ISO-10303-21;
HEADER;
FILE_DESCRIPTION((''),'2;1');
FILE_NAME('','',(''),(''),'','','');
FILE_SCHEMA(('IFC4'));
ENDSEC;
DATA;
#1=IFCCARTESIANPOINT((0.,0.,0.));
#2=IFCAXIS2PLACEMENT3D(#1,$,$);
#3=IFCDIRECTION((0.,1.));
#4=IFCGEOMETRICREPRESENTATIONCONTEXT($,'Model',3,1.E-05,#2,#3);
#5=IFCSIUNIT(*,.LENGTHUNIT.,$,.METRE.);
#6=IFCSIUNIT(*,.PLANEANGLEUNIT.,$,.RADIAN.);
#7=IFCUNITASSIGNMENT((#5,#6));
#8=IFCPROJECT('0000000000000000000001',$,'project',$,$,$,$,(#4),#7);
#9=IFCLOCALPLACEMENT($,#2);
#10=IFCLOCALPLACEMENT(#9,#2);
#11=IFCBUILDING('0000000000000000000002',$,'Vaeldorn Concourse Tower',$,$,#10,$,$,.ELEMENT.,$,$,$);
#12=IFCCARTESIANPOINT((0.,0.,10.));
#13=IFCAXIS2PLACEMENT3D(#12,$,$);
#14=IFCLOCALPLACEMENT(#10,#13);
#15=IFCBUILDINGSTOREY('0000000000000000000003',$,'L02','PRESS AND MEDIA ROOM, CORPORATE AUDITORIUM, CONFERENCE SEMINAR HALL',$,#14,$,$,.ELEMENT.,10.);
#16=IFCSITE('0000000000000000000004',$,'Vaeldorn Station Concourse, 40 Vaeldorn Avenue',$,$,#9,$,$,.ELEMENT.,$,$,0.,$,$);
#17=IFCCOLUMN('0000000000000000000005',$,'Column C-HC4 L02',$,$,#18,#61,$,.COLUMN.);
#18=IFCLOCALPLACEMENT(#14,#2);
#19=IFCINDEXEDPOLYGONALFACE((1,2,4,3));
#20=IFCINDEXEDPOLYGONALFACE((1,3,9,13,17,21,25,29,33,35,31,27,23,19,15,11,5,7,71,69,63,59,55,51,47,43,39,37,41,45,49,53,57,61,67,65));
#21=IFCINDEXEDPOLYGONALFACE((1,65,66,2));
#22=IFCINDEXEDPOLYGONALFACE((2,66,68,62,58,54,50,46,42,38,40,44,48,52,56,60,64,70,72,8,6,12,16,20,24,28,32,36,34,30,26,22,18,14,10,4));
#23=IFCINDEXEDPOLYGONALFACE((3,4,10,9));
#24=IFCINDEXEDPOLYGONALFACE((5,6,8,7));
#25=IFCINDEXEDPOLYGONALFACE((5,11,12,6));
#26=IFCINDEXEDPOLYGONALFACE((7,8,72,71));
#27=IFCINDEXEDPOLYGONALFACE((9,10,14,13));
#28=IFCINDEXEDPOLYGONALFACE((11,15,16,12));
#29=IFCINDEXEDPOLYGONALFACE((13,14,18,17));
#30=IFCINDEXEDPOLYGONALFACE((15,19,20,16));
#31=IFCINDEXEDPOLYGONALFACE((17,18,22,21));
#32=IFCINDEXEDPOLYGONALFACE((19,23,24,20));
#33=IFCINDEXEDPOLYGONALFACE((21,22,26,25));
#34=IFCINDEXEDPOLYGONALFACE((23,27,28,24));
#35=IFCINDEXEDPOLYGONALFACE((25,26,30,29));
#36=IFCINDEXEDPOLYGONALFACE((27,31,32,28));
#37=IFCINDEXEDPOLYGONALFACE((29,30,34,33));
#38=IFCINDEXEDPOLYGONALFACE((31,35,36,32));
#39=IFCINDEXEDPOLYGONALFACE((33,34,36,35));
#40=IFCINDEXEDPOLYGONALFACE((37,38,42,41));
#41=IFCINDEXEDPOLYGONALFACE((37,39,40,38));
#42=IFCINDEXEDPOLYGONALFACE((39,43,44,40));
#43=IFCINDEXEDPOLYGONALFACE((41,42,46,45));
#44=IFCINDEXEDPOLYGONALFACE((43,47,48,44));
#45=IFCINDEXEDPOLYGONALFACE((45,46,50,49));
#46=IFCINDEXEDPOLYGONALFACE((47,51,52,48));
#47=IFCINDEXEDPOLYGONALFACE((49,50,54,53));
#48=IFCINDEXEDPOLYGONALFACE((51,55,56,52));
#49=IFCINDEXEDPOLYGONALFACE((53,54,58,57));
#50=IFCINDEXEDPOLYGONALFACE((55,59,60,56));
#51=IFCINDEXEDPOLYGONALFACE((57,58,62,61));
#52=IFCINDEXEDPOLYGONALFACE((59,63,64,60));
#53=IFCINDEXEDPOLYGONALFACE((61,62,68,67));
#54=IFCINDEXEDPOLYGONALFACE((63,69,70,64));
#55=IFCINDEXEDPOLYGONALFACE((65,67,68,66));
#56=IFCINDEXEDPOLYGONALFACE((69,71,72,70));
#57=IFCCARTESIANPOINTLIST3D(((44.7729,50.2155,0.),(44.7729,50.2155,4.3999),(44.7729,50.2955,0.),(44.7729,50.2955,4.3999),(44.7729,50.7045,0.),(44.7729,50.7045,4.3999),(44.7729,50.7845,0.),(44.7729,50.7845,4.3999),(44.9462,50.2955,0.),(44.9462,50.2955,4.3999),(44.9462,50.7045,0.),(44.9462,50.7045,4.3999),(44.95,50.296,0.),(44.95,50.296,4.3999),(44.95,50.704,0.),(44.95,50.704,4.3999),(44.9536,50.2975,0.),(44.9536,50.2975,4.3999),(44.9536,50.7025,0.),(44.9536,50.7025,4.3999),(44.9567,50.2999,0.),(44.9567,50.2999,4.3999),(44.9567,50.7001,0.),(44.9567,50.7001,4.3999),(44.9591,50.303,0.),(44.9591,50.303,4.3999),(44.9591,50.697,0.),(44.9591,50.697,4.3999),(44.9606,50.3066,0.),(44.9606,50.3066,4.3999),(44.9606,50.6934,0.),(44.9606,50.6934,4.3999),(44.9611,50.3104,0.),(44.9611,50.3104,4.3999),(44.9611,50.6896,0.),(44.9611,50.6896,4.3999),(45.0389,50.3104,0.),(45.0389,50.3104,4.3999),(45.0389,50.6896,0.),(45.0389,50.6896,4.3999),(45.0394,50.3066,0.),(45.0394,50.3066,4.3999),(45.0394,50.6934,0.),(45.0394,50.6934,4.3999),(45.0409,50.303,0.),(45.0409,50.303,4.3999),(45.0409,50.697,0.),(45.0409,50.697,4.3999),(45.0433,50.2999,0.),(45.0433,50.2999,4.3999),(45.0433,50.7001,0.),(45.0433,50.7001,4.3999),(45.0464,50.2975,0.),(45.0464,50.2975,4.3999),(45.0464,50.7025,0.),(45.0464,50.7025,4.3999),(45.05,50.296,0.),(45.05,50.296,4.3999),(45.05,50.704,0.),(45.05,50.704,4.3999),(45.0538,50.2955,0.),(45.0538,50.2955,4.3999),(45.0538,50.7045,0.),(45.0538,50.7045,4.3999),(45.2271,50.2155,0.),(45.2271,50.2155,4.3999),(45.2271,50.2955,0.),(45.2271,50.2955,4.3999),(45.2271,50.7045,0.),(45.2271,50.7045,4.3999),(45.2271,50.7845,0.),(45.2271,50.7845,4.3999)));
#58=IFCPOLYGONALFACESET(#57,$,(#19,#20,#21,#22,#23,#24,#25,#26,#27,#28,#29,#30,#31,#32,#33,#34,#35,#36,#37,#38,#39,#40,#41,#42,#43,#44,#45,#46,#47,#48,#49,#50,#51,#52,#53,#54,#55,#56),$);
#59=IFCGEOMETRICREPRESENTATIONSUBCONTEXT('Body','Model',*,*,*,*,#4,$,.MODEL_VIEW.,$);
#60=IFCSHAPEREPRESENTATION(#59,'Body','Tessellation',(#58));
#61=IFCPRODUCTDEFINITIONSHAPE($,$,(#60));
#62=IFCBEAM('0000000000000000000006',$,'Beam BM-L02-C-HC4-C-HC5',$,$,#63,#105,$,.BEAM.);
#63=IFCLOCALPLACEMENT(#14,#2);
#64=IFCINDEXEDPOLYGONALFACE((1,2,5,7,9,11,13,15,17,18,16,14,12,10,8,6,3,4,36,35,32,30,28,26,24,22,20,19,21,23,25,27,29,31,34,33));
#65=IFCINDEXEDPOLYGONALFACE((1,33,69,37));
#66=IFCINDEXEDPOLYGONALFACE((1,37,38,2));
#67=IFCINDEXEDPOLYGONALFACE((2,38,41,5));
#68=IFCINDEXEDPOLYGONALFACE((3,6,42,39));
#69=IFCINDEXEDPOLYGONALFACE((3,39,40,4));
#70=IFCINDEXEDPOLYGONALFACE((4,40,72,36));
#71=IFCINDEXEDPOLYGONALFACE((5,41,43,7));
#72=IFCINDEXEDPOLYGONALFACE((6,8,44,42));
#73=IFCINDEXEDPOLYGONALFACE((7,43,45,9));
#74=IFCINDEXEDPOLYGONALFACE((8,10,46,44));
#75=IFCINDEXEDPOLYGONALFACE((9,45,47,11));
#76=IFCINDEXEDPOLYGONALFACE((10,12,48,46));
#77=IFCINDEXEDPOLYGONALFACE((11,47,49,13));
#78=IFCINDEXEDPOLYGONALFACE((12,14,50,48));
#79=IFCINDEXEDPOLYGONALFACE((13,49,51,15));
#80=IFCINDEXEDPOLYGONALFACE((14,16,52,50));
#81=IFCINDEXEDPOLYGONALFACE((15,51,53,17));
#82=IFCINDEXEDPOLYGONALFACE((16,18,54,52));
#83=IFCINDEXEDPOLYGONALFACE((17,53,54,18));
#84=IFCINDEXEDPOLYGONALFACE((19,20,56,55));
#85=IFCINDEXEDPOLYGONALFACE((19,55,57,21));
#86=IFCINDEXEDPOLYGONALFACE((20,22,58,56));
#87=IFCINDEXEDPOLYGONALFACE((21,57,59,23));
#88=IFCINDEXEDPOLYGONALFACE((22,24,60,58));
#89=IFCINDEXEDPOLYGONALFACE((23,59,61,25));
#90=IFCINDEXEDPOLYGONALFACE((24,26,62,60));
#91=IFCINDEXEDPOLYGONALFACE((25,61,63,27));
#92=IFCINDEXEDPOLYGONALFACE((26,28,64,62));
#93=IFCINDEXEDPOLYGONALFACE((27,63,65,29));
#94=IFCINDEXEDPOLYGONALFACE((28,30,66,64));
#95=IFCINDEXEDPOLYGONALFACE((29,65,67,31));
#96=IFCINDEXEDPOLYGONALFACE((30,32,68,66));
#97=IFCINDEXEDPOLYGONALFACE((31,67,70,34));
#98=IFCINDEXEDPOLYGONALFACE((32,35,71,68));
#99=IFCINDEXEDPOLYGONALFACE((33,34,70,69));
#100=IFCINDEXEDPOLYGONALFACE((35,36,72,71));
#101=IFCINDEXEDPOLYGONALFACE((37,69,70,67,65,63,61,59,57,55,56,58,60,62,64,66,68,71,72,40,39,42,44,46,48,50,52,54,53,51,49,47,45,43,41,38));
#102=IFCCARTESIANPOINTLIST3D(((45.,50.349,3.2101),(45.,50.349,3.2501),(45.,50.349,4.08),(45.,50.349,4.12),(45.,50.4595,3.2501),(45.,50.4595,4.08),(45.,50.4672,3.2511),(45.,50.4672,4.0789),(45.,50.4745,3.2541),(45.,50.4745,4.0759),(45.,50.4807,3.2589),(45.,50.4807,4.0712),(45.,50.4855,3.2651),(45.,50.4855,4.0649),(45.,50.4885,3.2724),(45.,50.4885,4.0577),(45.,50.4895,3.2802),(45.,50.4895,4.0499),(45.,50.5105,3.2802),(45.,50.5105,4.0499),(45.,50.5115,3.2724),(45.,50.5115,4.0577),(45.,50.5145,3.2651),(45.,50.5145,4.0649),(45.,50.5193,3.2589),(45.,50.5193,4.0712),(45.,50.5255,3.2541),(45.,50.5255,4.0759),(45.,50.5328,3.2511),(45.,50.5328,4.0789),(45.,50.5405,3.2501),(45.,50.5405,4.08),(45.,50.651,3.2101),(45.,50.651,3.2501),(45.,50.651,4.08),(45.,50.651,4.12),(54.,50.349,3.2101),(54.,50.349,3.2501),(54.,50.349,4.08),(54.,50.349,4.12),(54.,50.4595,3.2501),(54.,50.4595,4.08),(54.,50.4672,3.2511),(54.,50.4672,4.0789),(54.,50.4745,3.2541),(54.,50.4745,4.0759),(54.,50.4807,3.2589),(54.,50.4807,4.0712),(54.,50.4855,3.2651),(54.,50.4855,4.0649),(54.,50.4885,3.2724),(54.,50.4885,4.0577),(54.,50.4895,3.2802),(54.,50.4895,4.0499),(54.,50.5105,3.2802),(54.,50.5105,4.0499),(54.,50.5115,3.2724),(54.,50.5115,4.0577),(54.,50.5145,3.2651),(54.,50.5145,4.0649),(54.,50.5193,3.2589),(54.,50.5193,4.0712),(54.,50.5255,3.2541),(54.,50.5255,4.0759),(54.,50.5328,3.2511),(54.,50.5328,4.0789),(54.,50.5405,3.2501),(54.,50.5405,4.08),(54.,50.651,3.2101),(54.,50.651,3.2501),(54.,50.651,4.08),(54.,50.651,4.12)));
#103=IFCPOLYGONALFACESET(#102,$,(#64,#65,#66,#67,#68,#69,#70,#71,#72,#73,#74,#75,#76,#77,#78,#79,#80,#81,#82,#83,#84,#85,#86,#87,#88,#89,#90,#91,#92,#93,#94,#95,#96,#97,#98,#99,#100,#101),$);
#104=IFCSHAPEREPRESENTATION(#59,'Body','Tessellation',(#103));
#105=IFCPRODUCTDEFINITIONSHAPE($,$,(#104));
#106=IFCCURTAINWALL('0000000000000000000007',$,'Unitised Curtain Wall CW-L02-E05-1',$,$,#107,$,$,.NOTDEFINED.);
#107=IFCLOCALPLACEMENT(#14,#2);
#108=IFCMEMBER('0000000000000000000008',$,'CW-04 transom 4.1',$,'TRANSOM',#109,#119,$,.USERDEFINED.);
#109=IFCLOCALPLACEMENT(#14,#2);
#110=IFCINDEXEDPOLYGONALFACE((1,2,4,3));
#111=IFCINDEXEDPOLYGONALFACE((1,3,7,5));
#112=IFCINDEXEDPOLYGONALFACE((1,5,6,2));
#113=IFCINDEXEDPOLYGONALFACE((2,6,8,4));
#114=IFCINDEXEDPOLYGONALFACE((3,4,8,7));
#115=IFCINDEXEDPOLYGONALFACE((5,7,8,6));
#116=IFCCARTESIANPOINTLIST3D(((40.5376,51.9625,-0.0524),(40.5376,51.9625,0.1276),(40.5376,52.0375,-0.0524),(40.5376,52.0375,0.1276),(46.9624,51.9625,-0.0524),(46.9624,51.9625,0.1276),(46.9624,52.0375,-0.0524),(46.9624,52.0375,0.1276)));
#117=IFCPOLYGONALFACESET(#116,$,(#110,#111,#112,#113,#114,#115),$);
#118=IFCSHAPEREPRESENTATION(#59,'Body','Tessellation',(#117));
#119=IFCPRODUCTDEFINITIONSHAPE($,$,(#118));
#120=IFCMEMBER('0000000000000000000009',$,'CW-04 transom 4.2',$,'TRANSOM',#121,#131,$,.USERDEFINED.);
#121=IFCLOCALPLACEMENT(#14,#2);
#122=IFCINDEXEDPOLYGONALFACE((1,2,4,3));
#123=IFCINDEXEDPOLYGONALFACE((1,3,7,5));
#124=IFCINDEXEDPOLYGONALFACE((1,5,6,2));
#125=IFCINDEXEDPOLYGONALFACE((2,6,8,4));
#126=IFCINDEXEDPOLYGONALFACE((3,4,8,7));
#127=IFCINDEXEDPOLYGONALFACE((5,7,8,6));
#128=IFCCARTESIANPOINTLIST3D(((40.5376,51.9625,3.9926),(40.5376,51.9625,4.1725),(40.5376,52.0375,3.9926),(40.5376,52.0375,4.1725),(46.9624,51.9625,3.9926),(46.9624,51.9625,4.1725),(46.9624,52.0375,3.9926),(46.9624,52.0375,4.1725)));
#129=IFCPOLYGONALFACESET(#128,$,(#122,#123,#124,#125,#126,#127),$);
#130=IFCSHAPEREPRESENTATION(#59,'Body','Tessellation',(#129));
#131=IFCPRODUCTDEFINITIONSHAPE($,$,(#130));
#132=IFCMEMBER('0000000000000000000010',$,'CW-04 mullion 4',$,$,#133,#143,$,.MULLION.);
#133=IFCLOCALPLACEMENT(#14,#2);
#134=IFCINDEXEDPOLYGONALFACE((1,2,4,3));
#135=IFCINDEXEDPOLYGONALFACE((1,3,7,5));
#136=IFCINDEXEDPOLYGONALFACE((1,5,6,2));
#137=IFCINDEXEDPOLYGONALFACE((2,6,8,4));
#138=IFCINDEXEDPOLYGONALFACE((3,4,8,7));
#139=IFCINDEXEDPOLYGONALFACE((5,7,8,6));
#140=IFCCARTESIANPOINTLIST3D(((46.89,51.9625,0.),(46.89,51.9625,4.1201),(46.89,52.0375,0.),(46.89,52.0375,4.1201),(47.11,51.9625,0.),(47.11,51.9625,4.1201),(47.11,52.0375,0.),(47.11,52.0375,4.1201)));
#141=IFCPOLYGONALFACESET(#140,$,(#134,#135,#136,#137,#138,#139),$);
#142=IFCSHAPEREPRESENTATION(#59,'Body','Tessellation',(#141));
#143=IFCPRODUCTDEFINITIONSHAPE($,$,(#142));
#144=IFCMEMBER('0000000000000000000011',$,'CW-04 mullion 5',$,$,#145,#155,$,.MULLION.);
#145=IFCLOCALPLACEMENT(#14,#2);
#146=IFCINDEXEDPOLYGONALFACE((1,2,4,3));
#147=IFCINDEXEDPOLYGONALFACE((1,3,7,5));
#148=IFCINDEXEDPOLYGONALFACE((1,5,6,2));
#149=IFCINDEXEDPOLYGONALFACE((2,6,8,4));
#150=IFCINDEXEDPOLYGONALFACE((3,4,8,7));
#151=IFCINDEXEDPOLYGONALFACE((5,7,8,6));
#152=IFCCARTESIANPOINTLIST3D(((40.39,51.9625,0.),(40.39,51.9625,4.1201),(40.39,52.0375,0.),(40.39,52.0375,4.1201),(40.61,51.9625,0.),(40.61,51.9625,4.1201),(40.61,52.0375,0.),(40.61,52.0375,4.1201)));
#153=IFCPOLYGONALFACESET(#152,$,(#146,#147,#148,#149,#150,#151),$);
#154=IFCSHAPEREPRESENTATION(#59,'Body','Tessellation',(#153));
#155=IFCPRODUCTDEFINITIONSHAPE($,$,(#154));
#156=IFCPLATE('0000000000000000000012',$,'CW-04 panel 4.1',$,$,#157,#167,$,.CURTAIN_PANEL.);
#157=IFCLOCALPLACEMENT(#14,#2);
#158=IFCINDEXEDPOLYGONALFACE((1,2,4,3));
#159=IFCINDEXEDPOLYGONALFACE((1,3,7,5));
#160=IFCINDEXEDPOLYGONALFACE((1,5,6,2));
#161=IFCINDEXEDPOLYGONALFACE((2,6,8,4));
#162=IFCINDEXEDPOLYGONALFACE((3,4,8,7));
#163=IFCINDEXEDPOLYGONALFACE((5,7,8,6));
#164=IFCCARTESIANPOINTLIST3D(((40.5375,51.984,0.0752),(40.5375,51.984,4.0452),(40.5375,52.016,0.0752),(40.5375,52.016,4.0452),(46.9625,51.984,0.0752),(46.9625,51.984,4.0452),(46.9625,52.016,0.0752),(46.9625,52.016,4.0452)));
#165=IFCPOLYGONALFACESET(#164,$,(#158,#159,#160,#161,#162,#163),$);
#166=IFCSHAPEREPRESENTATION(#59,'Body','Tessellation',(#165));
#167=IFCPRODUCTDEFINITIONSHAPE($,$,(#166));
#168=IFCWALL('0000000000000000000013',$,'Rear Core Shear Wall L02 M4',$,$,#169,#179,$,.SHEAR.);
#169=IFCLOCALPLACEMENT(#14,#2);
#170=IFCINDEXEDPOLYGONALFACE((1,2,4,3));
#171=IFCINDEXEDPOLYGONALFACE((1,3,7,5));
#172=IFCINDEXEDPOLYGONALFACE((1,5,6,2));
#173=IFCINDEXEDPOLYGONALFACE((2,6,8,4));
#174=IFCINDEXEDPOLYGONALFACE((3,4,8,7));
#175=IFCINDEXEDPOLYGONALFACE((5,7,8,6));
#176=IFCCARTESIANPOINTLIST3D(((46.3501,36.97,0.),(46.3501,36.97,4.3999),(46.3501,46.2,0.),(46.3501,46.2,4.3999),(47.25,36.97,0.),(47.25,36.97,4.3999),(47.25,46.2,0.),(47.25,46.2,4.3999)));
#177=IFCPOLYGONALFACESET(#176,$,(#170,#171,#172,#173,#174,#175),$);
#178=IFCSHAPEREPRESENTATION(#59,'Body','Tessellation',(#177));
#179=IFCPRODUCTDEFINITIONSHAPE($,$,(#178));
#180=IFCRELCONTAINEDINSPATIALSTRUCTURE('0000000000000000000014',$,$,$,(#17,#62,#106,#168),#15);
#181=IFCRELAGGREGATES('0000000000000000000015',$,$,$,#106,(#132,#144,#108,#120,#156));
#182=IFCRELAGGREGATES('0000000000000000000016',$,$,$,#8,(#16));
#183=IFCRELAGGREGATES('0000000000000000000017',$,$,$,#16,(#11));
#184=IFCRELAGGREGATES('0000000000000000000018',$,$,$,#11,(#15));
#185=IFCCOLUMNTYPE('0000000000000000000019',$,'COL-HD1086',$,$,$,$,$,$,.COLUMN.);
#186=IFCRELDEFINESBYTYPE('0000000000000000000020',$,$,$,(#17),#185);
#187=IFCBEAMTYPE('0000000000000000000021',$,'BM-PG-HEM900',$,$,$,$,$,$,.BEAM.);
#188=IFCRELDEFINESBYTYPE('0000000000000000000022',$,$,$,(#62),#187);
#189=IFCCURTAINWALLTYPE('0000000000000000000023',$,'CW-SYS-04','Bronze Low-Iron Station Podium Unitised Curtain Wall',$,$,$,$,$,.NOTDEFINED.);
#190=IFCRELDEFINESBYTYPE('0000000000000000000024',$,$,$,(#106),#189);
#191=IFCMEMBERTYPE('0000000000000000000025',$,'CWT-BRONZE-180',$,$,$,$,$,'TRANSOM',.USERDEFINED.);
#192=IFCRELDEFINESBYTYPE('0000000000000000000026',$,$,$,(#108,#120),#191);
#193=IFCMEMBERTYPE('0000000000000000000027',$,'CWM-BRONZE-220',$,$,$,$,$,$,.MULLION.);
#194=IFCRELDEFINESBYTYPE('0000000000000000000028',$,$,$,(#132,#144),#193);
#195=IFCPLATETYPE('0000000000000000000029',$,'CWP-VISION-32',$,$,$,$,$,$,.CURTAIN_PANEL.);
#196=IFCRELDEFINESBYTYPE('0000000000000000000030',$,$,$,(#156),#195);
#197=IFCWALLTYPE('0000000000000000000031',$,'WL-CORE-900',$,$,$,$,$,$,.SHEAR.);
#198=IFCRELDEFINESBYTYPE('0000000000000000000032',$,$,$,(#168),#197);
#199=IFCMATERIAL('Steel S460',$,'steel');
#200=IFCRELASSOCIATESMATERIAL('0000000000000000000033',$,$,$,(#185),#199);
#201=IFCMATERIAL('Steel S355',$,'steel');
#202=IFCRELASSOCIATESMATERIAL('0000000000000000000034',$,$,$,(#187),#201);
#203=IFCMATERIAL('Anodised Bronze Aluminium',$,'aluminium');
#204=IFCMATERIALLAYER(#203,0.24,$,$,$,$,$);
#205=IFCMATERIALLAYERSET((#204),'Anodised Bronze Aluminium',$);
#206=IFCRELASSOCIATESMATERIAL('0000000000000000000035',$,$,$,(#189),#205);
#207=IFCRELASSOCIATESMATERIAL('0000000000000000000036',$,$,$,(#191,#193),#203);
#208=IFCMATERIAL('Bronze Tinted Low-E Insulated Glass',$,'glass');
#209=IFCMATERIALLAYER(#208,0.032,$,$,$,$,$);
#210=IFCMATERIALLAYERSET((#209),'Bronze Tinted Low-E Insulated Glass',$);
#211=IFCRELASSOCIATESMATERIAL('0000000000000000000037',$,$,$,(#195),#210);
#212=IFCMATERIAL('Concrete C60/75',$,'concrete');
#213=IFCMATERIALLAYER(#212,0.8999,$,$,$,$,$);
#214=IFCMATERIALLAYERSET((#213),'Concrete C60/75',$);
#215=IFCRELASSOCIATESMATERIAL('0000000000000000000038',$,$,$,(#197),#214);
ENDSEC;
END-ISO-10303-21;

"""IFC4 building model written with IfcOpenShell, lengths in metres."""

from ifc_helpers import new_model, si_unit, direction, frame, frame_2d, origin, origin_2d, place, context, subcontext, project, spatial, rectangle, i_section, extrude, source, transform, mapped, material, layer, layer_set, material_profile, profile_set, type_object, element, aggregate, save


model = new_model("IFC4")

# Units and contexts
model_context = context("Model", 3, precision=1e-05, world=origin(), true_north=direction((0.0, 1.0)))
body_context = subcontext(model_context, "Body", "Model", "MODEL_VIEW")
ifc_project = project(units=[si_unit("LENGTHUNIT", "METRE"), si_unit("PLANEANGLEUNIT", "RADIAN")], contexts=[model_context])

# Site, building, storey
site_placement = place(None, origin())
site = spatial("IfcSite", under=ifc_project, at=site_placement, Name="Vaeldorn Station Concourse, 40 Vaeldorn Avenue", CompositionType="ELEMENT", RefElevation=0.0)
building_placement = place(site_placement, origin())
building = spatial("IfcBuilding", under=site, at=building_placement, Name="Vaeldorn Concourse Tower", CompositionType="ELEMENT")
storey_placement = place(building_placement, frame((0.0, 0.0, 10.0)))
storey = spatial("IfcBuildingStorey", under=building, at=storey_placement, Name="L02", Description="PRESS AND MEDIA ROOM, CORPORATE AUDITORIUM, CONFERENCE SEMINAR HALL", CompositionType="ELEMENT", Elevation=10.0)

# Column
ifc_material_1 = material(Name="Steel S460", Category="steel")
ifc_material_profile_1 = material_profile(ifc_material_1, i_section(OverallWidth=0.4541, OverallDepth=0.5691, WebThickness=0.0779, FlangeThickness=0.0801, FilletRadius=0.0149, at=origin_2d()), Name="HD 400x1086")
ifc_profile_set_1 = profile_set([ifc_material_profile_1], Name="Steel S460")
column_type = type_object("IfcColumnType", Name="COL-HD1086", PredefinedType="COLUMN", material=ifc_profile_set_1)
shared_shape_1 = source(origin(), body_context, "Body", "SweptSolid", [
    extrude(i_section(OverallWidth=0.4541, OverallDepth=0.5691, WebThickness=0.0779, FlangeThickness=0.0801, FilletRadius=0.0149, at=origin_2d()), origin(), (0.0, 0.0, 1.0), 4.3999),
])
column_placement = place(storey_placement, frame((45.0, 50.5, 0.0), z_axis=(0.0, 0.0, 1.0), x_axis=(1.0, 0.0, 0.0)))
element("IfcColumn", 1, at=column_placement, inside=storey, type_object=column_type, Name="Column C-HC4 L02", PredefinedType="COLUMN", context=body_context, shape_type="MappedRepresentation", body=[
    mapped(shared_shape_1, transform((0.0, 0.0, 0.0), scale=1.0)),
])

# Beam
ifc_material_2 = material(Name="Steel S355", Category="steel")
ifc_material_profile_2 = material_profile(ifc_material_2, i_section(OverallWidth=0.302, OverallDepth=0.9099, WebThickness=0.021, FlangeThickness=0.04, FilletRadius=0.03, at=origin_2d()), Name="HEM 900")
ifc_profile_set_2 = profile_set([ifc_material_profile_2], Name="Steel S355")
beam_type = type_object("IfcBeamType", Name="BM-PG-HEM900", PredefinedType="BEAM", material=ifc_profile_set_2)
shared_shape_2 = source(origin(), body_context, "Body", "SweptSolid", [
    extrude(i_section(OverallWidth=0.302, OverallDepth=0.9099, WebThickness=0.021, FlangeThickness=0.04, FilletRadius=0.03, at=origin_2d()), origin(), (0.0, 0.0, 1.0), 9.0),
])
beam_placement = place(storey_placement, frame((45.0, 50.5, 3.665), z_axis=(1.0, 0.0, 0.0), x_axis=(0.0, 1.0, 0.0)))
element("IfcBeam", 2, at=beam_placement, inside=storey, type_object=beam_type, Name="Beam BM-L02-C-HC4-C-HC5", PredefinedType="BEAM", context=body_context, shape_type="MappedRepresentation", body=[
    mapped(shared_shape_2, transform((0.0, 0.0, 0.0), scale=1.0)),
])

# Curtain wall, members, plate
ifc_material_3 = material(Name="Anodised Bronze Aluminium", Category="aluminium")
ifc_layer_1 = layer(ifc_material_3, 0.24)
ifc_layer_set_1 = layer_set([ifc_layer_1], Name="Anodised Bronze Aluminium")
curtain_wall_type = type_object("IfcCurtainWallType", Name="CW-SYS-04", Description="Bronze Low-Iron Station Podium Unitised Curtain Wall", PredefinedType="NOTDEFINED", material=ifc_layer_set_1)
curtain_wall_placement = place(storey_placement, origin())
curtain_wall = element("IfcCurtainWall", 3, at=curtain_wall_placement, inside=storey, type_object=curtain_wall_type, Name="Unitised Curtain Wall CW-L02-E05-1", PredefinedType="NOTDEFINED")
ifc_material_profile_3 = material_profile(ifc_material_3, rectangle(XDim=0.075, YDim=0.1799, at=origin_2d()), Name="CWT 75x180")
ifc_profile_set_3 = profile_set([ifc_material_profile_3], Name="Anodised Bronze Aluminium")
member_type_1 = type_object("IfcMemberType", Name="CWT-BRONZE-180", ElementType="TRANSOM", PredefinedType="USERDEFINED", material=ifc_profile_set_3)
shared_shape_3 = source(origin(), body_context, "Body", "SweptSolid", [
    extrude(rectangle(XDim=0.075, YDim=0.1799, at=origin_2d()), origin(), (0.0, 0.0, 1.0), 6.4248),
])
member_1_placement = place(storey_placement, frame((46.9624, 52.0, 0.0376), z_axis=(-1.0, 0.0, 0.0), x_axis=(0.0, -1.0, 0.0)))
member_1 = element("IfcMember", 4, at=member_1_placement, type_object=member_type_1, Name="CW-04 transom 4.1", ObjectType="TRANSOM", PredefinedType="USERDEFINED", context=body_context, shape_type="MappedRepresentation", body=[
    mapped(shared_shape_3, transform((0.0, 0.0, 0.0), scale=1.0)),
])
member_2_placement = place(storey_placement, frame((46.9624, 52.0, 4.0825), z_axis=(-1.0, 0.0, 0.0), x_axis=(0.0, -1.0, 0.0)))
member_2 = element("IfcMember", 5, at=member_2_placement, type_object=member_type_1, Name="CW-04 transom 4.2", ObjectType="TRANSOM", PredefinedType="USERDEFINED", context=body_context, shape_type="MappedRepresentation", body=[
    mapped(shared_shape_3, transform((0.0, 0.0, 0.0), scale=1.0)),
])
ifc_material_profile_4 = material_profile(ifc_material_3, rectangle(XDim=0.075, YDim=0.22, at=origin_2d()), Name="CWM 75x220")
ifc_profile_set_4 = profile_set([ifc_material_profile_4], Name="Anodised Bronze Aluminium")
member_type_2 = type_object("IfcMemberType", Name="CWM-BRONZE-220", PredefinedType="MULLION", material=ifc_profile_set_4)
shared_shape_4 = source(origin(), body_context, "Body", "SweptSolid", [
    extrude(rectangle(XDim=0.075, YDim=0.22, at=origin_2d()), origin(), (0.0, 0.0, 1.0), 4.1201),
])
member_3_placement = place(storey_placement, frame((47.0, 52.0, 0.0), z_axis=(0.0, 0.0, 1.0), x_axis=(0.0, -1.0, 0.0)))
member_3 = element("IfcMember", 6, at=member_3_placement, type_object=member_type_2, Name="CW-04 mullion 4", PredefinedType="MULLION", context=body_context, shape_type="MappedRepresentation", body=[
    mapped(shared_shape_4, transform((0.0, 0.0, 0.0), scale=1.0)),
])
member_4_placement = place(storey_placement, frame((40.5, 52.0, 0.0), z_axis=(0.0, 0.0, 1.0), x_axis=(0.0, -1.0, 0.0)))
member_4 = element("IfcMember", 7, at=member_4_placement, type_object=member_type_2, Name="CW-04 mullion 5", PredefinedType="MULLION", context=body_context, shape_type="MappedRepresentation", body=[
    mapped(shared_shape_4, transform((0.0, 0.0, 0.0), scale=1.0)),
])
ifc_material_4 = material(Name="Bronze Tinted Low-E Insulated Glass", Category="glass")
ifc_layer_2 = layer(ifc_material_4, 0.032)
ifc_layer_set_2 = layer_set([ifc_layer_2], Name="Bronze Tinted Low-E Insulated Glass")
plate_type = type_object("IfcPlateType", Name="CWP-VISION-32", PredefinedType="CURTAIN_PANEL", material=ifc_layer_set_2)
shared_shape_5 = source(origin(), body_context, "Body", "SweptSolid", [
    extrude(rectangle(XDim=6.425, YDim=0.032, at=origin_2d()), origin(), (0.0, 0.0, 1.0), 3.97),
])
plate_placement = place(storey_placement, frame((43.75, 52.0, 0.0752), z_axis=(0.0, 0.0, 1.0), x_axis=(-1.0, 0.0, 0.0)))
plate = element("IfcPlate", 8, at=plate_placement, type_object=plate_type, Name="CW-04 panel 4.1", PredefinedType="CURTAIN_PANEL", context=body_context, shape_type="MappedRepresentation", body=[
    mapped(shared_shape_5, transform((0.0, 0.0, 0.0), scale=1.0)),
])
aggregate(curtain_wall, [member_3, member_4, member_1, member_2, plate])

# Wall
ifc_material_5 = material(Name="Concrete C60/75", Category="concrete")
ifc_layer_3 = layer(ifc_material_5, 0.8999)
ifc_layer_set_3 = layer_set([ifc_layer_3], Name="Concrete C60/75")
wall_type_1 = type_object("IfcWallType", Name="WL-CORE-900", PredefinedType="SHEAR", material=ifc_layer_set_3)
wall_1_placement = place(storey_placement, frame((46.8, 36.97, 0.0), z_axis=(0.0, 0.0, 1.0), x_axis=(0.0, 1.0, 0.0)))
element("IfcWall", 9, at=wall_1_placement, inside=storey, type_object=wall_type_1, Name="Rear Core Shear Wall L02 M4", PredefinedType="SHEAR", context=body_context, shape_type="SweptSolid", body=[
    extrude(rectangle(XDim=9.23, YDim=0.8999, at=frame_2d((4.615, 0.0))), origin(), (0.0, 0.0, 1.0), 4.3999),
])

save(model, "model.ifc")
